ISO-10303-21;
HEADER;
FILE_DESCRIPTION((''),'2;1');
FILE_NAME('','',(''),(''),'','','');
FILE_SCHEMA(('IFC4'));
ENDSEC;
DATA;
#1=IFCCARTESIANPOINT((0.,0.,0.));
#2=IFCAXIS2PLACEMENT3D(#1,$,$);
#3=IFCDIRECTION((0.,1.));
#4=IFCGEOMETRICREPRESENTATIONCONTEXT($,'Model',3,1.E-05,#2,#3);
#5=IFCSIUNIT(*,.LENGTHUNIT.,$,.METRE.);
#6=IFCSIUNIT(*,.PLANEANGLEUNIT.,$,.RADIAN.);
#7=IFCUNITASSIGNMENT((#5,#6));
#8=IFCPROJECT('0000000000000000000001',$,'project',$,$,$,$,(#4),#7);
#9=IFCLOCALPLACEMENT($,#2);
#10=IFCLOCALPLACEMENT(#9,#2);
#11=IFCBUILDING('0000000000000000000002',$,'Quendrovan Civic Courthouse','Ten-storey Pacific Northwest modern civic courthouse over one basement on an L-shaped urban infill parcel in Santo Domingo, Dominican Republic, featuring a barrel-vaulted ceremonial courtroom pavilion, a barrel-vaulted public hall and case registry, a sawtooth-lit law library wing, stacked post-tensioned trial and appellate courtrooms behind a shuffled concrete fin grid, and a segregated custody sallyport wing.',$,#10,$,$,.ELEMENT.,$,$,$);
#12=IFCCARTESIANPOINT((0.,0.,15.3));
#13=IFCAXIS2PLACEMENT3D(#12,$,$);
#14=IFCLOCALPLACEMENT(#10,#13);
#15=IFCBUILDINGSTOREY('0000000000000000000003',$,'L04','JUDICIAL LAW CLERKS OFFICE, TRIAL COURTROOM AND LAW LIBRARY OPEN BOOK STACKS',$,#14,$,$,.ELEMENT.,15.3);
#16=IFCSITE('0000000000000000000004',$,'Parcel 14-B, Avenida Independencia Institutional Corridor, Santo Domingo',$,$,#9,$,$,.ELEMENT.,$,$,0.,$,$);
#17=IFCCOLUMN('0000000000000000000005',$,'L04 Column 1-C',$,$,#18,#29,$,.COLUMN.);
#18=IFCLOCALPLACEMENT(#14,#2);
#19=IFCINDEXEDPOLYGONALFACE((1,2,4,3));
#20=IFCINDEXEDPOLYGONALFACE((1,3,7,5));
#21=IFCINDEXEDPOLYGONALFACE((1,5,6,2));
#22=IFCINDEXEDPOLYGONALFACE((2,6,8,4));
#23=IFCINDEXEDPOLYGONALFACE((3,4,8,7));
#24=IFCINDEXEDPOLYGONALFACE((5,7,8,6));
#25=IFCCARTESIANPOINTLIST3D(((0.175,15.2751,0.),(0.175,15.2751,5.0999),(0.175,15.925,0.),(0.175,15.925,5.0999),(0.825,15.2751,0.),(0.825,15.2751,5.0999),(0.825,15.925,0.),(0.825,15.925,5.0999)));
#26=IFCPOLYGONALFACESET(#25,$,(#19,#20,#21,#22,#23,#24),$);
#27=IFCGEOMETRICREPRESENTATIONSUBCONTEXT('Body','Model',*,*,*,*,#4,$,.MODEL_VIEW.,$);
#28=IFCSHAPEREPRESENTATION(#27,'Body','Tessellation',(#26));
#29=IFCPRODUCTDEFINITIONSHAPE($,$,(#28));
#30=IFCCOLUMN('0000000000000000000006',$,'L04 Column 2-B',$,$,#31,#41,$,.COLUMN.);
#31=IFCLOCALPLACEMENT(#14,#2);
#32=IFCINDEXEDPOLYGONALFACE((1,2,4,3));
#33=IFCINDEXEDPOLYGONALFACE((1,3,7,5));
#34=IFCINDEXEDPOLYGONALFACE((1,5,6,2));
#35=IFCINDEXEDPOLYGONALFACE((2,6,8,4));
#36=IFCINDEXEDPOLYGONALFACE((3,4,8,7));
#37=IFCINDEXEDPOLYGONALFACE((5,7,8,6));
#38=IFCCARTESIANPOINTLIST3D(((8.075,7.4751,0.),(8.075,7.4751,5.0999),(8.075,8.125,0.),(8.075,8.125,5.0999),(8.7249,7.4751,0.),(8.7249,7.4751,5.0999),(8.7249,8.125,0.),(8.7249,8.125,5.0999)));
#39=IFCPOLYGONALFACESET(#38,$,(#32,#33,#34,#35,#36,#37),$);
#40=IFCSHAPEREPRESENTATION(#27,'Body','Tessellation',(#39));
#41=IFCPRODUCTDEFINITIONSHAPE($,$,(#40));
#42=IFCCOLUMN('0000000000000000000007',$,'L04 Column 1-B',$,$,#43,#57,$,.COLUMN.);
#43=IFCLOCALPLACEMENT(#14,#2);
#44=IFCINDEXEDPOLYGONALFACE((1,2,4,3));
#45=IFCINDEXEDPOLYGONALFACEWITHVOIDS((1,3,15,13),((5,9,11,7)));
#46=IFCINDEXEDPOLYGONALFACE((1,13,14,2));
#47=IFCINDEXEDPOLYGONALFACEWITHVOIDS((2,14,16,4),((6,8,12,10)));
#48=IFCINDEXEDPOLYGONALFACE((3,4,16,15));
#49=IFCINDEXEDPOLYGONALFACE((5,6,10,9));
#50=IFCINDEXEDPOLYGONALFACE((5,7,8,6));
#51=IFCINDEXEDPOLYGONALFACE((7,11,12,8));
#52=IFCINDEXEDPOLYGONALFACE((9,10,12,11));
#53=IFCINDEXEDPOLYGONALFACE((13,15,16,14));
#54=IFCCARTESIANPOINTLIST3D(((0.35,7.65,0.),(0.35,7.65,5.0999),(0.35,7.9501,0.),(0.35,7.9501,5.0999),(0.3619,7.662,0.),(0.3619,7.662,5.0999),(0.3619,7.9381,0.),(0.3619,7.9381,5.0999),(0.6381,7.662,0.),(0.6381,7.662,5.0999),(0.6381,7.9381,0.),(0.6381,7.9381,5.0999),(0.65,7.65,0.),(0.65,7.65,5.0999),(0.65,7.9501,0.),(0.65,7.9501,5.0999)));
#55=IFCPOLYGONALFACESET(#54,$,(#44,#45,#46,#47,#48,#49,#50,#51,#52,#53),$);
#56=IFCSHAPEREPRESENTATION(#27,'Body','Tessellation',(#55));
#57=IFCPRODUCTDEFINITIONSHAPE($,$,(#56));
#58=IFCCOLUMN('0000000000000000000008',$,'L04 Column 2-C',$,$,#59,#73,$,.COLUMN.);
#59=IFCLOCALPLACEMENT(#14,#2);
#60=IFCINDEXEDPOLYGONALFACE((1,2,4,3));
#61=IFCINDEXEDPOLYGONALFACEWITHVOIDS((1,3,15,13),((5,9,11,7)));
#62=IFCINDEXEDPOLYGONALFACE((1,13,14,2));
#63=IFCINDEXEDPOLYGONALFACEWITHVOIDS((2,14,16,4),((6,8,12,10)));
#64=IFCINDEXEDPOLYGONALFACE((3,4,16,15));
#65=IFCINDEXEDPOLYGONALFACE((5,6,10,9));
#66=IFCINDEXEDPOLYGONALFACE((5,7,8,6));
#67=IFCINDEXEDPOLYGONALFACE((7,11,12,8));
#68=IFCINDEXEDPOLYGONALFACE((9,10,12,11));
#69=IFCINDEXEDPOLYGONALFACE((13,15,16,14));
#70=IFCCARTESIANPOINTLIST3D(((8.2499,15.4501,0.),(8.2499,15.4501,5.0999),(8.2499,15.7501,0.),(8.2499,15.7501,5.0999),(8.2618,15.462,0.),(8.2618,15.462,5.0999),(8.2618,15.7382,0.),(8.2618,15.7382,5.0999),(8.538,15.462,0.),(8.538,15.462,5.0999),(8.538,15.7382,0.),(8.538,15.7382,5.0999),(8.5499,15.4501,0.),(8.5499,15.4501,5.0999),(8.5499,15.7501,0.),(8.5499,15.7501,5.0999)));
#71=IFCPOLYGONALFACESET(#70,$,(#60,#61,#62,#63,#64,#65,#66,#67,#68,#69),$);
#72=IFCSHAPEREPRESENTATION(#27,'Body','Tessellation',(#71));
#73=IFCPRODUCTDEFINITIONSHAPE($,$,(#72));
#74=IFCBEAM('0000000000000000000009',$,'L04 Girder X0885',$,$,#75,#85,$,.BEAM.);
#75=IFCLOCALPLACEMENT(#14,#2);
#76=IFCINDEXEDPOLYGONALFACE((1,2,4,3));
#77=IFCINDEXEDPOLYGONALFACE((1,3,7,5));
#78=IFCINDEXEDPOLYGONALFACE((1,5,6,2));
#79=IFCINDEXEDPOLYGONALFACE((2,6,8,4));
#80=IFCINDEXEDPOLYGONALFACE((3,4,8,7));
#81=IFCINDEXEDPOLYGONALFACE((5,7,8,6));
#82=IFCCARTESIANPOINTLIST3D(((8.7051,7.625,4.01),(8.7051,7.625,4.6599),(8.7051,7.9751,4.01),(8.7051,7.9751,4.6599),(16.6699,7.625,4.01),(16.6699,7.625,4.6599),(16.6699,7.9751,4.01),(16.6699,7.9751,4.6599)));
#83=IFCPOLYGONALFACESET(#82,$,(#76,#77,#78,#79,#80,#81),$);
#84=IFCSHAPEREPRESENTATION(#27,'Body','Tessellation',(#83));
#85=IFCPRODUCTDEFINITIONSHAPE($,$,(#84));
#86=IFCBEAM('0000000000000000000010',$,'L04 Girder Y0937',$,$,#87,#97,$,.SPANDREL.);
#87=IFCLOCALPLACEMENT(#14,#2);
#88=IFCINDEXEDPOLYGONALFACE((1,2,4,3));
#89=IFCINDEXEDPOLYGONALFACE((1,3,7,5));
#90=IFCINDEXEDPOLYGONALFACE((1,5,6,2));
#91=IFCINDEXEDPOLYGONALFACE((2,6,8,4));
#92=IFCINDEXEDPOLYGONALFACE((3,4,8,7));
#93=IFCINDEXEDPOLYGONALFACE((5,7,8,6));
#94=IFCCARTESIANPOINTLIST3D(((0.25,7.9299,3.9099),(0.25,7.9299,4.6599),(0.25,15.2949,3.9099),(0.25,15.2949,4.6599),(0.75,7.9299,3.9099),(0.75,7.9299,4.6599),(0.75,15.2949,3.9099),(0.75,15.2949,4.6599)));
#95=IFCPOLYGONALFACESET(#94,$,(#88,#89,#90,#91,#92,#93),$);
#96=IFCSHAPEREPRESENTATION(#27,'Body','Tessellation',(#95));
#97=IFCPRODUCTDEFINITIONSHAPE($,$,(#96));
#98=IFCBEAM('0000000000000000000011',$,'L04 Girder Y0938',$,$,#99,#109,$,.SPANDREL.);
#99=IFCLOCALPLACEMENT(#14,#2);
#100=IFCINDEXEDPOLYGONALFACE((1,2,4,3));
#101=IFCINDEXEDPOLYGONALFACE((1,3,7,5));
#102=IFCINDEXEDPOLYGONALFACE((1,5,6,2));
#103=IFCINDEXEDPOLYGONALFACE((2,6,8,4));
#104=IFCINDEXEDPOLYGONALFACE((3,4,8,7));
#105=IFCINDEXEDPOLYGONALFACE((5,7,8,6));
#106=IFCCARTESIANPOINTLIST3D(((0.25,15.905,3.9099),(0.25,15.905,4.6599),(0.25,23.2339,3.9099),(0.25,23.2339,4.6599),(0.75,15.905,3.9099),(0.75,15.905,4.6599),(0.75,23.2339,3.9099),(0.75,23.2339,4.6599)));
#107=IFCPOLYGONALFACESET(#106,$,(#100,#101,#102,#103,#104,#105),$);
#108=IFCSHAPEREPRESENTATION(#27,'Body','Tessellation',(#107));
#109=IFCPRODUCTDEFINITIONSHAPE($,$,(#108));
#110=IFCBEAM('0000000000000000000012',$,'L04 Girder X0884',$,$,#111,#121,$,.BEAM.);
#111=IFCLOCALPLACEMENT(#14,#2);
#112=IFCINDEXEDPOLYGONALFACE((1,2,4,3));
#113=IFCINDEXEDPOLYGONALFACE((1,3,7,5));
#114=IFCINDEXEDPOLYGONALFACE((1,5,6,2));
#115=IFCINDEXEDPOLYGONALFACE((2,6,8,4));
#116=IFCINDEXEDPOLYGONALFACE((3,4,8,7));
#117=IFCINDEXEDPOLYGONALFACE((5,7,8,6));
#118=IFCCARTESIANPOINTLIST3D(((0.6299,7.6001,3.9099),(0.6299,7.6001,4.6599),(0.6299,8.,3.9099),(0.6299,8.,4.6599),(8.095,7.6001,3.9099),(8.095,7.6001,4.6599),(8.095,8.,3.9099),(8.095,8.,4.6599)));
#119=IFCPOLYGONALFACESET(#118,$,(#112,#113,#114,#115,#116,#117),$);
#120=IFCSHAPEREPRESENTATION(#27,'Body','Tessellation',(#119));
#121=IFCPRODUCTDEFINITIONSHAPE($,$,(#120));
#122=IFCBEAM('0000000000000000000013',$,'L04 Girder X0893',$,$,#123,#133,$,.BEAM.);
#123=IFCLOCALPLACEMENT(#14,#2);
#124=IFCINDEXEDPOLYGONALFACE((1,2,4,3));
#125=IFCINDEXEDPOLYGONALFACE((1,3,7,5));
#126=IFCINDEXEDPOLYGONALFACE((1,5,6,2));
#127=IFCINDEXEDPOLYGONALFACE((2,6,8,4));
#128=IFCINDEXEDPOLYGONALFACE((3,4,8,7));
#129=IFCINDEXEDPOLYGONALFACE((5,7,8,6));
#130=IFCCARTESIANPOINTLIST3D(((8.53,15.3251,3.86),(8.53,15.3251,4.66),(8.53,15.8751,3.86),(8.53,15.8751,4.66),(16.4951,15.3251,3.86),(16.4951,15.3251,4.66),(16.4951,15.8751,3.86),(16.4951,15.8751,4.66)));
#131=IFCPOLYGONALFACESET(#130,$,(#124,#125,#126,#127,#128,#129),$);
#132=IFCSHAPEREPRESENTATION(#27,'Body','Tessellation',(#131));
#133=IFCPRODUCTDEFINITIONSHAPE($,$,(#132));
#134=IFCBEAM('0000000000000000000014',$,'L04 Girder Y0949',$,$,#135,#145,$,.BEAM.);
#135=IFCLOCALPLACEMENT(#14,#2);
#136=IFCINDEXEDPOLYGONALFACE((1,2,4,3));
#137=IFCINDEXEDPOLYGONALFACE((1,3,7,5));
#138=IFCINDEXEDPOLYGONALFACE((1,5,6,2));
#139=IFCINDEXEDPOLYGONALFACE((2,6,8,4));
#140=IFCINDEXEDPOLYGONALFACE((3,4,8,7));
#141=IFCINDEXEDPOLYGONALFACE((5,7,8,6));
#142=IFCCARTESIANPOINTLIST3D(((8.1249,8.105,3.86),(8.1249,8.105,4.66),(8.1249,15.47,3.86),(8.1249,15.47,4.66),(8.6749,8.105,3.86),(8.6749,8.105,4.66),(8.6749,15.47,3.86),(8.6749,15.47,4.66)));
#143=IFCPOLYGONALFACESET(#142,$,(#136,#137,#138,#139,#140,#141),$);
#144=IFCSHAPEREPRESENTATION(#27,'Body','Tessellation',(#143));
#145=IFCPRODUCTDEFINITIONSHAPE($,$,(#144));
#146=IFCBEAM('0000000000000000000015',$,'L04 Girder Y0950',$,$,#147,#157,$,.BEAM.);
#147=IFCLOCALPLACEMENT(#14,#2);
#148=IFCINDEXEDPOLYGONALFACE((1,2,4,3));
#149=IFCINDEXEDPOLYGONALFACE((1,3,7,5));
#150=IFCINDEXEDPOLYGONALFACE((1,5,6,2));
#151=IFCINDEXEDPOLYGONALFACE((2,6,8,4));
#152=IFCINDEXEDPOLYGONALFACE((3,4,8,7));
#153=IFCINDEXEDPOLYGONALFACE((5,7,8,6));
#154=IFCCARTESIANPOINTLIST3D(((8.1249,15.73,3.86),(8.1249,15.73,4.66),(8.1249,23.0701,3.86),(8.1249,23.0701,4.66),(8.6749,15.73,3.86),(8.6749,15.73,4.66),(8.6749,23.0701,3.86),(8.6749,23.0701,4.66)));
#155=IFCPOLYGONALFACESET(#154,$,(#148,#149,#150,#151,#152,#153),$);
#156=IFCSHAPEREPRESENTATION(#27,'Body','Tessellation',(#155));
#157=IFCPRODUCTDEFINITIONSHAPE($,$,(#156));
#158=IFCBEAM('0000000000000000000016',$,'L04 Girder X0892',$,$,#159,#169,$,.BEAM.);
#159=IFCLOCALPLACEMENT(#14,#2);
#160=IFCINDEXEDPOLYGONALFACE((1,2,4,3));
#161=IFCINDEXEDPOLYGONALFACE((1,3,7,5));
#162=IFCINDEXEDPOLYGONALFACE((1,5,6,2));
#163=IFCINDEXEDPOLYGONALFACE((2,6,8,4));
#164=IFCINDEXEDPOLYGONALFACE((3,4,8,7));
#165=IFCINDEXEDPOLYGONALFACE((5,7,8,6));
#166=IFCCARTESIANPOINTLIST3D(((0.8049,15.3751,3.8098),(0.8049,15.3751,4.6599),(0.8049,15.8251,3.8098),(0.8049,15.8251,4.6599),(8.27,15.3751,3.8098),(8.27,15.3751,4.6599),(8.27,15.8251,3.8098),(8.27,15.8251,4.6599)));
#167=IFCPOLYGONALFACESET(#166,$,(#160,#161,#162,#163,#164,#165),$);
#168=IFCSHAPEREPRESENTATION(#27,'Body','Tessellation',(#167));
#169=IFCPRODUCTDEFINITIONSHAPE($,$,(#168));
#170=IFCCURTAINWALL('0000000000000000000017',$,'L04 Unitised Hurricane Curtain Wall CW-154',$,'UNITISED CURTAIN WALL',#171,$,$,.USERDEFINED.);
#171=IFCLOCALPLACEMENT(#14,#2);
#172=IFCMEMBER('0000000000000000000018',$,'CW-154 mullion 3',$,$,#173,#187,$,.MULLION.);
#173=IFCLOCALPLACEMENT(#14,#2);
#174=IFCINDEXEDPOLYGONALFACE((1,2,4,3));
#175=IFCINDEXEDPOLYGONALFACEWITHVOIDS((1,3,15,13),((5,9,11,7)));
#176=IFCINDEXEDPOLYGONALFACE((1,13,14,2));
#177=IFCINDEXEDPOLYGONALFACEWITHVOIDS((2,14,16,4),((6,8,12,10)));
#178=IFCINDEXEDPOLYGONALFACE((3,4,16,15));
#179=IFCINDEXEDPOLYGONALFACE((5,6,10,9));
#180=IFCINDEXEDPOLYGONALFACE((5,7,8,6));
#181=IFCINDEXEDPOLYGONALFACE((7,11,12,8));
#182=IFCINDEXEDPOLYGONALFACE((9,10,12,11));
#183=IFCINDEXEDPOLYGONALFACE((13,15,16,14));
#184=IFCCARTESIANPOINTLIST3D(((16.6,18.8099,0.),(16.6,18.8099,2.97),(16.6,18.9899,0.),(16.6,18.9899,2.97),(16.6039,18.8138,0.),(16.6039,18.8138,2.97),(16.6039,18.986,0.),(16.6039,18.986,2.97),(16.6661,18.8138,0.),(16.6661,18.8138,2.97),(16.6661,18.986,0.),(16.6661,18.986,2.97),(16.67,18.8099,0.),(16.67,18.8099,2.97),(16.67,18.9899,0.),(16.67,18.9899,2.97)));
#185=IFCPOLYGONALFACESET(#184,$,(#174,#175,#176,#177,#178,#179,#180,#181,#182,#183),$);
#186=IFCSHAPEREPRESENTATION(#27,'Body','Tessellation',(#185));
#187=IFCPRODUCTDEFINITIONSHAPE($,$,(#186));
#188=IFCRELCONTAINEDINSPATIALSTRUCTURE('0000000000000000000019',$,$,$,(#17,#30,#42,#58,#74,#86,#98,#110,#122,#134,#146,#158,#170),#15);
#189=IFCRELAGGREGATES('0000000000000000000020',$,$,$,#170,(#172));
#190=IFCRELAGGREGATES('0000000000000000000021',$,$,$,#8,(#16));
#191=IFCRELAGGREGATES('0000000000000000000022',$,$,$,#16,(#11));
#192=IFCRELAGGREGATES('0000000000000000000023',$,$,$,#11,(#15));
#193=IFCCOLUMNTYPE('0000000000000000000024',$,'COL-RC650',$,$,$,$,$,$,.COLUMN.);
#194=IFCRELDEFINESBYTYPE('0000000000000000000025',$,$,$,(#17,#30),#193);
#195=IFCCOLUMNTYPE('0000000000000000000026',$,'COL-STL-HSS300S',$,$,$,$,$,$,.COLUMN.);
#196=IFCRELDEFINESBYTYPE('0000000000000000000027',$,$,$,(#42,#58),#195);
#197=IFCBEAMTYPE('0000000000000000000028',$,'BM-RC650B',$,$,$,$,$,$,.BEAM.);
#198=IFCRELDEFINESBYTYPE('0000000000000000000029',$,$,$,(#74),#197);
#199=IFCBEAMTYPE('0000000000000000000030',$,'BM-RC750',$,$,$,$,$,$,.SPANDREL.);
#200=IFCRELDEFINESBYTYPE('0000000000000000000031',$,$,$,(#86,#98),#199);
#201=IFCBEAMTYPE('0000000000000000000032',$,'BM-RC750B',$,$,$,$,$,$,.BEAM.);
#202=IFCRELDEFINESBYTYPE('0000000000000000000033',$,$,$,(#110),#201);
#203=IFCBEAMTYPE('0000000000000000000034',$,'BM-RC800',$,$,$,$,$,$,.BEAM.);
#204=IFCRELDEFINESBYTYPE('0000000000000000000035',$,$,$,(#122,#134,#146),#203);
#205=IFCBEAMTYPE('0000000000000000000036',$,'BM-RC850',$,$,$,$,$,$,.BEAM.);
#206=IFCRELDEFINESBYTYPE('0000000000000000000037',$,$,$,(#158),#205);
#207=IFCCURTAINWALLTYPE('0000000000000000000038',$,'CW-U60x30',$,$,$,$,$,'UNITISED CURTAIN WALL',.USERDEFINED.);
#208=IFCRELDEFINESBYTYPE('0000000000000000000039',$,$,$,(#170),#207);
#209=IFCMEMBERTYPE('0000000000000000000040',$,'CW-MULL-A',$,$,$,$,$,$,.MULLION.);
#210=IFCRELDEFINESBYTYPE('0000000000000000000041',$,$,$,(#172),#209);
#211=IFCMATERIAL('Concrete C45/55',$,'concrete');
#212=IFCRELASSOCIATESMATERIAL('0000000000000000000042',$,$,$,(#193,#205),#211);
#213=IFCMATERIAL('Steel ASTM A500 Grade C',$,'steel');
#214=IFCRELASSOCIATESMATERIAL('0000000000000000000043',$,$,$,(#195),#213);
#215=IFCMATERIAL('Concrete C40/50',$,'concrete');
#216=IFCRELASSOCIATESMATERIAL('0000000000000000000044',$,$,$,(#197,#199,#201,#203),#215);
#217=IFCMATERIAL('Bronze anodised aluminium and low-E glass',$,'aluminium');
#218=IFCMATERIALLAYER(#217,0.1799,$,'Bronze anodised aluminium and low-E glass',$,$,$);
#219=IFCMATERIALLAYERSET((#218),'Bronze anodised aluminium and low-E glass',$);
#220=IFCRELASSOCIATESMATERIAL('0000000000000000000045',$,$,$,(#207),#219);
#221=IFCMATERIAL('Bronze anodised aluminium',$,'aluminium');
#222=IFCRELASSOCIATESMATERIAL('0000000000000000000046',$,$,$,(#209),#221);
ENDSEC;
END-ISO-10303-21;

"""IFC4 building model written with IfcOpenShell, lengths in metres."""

from ifc_helpers import new_model, si_unit, direction, frame, origin, origin_2d, place, context, subcontext, project, spatial, rectangle, hollow_rectangle, extrude, material, layer, layer_set, material_profile, profile_set, type_object, element, aggregate, save


model = new_model("IFC4")

# Units and contexts
model_context = context("Model", 3, precision=1e-05, world=origin(), true_north=direction((0.0, 1.0)))
body_context = subcontext(model_context, "Body", "Model", "MODEL_VIEW")
ifc_project = project(units=[si_unit("LENGTHUNIT", "METRE"), si_unit("PLANEANGLEUNIT", "RADIAN")], contexts=[model_context])

# Site, building, storey
site_placement = place(None, origin())
site = spatial("IfcSite", under=ifc_project, at=site_placement, Name="Parcel 14-B, Avenida Independencia Institutional Corridor, Santo Domingo", CompositionType="ELEMENT", RefElevation=0.0)
building_placement = place(site_placement, origin())
building = spatial("IfcBuilding", under=site, at=building_placement, Name="Quendrovan Civic Courthouse", Description="Ten-storey Pacific Northwest modern civic courthouse over one basement on an L-shaped urban infill parcel in Santo Domingo, Dominican Republic, featuring a barrel-vaulted ceremonial courtroom pavilion, a barrel-vaulted public hall and case registry, a sawtooth-lit law library wing, stacked post-tensioned trial and appellate courtrooms behind a shuffled concrete fin grid, and a segregated custody sallyport wing.", CompositionType="ELEMENT")
storey_placement = place(building_placement, frame((0.0, 0.0, 15.3)))
storey = spatial("IfcBuildingStorey", under=building, at=storey_placement, Name="L04", Description="JUDICIAL LAW CLERKS OFFICE, TRIAL COURTROOM AND LAW LIBRARY OPEN BOOK STACKS", CompositionType="ELEMENT", Elevation=15.3)

# Columns
ifc_material_1 = material(Name="Concrete C45/55", Category="concrete")
ifc_material_profile_1 = material_profile(ifc_material_1, rectangle(XDim=0.6499, YDim=0.6499, at=origin_2d()), Name="RC-COL-650x650")
ifc_profile_set_1 = profile_set([ifc_material_profile_1], Name="Concrete C45/55")
column_type_1 = type_object("IfcColumnType", Name="COL-RC650", PredefinedType="COLUMN", material=ifc_profile_set_1)
for number, where, z_axis, x_axis, name in (
    (1, (0.5, 15.6001, 0.0), (0.0, 0.0, 1.0), (1.0, 0.0, 0.0), "L04 Column 1-C"),
    (2, (8.3999, 7.8, 0.0), (0.0, 0.0, 1.0), (1.0, 0.0, 0.0), "L04 Column 2-B"),
):
    element("IfcColumn", number, at=place(storey_placement, frame(where, z_axis=z_axis, x_axis=x_axis)), inside=storey, type_object=column_type_1, Name=name, PredefinedType="COLUMN", context=body_context, shape_type="SweptSolid", body=[
        extrude(rectangle(XDim=0.6499, YDim=0.6499, at=origin_2d()), origin(), (0.0, 0.0, 1.0), 5.0999),
    ])
ifc_material_2 = material(Name="Steel ASTM A500 Grade C", Category="steel")
ifc_material_profile_2 = material_profile(ifc_material_2, hollow_rectangle(XDim=0.3, YDim=0.3, WallThickness=0.012, at=origin_2d()), Name="HSS300x300x12")
ifc_profile_set_2 = profile_set([ifc_material_profile_2], Name="Steel ASTM A500 Grade C")
column_type_2 = type_object("IfcColumnType", Name="COL-STL-HSS300S", PredefinedType="COLUMN", material=ifc_profile_set_2)
for number, where, z_axis, x_axis, name in (
    (3, (0.5, 7.8, 0.0), (0.0, 0.0, 1.0), (1.0, 0.0, 0.0), "L04 Column 1-B"),
    (4, (8.3999, 15.6001, 0.0), (0.0, 0.0, 1.0), (1.0, 0.0, 0.0), "L04 Column 2-C"),
):
    element("IfcColumn", number, at=place(storey_placement, frame(where, z_axis=z_axis, x_axis=x_axis)), inside=storey, type_object=column_type_2, Name=name, PredefinedType="COLUMN", context=body_context, shape_type="SweptSolid", body=[
        extrude(hollow_rectangle(XDim=0.3, YDim=0.3, WallThickness=0.012, at=origin_2d()), origin(), (0.0, 0.0, 1.0), 5.0999),
    ])

# Beams
ifc_material_3 = material(Name="Concrete C40/50", Category="concrete")
ifc_material_profile_3 = material_profile(ifc_material_3, rectangle(XDim=0.3501, YDim=0.6499, at=origin_2d()), Name="RC-BM-350x650")
ifc_profile_set_3 = profile_set([ifc_material_profile_3], Name="Concrete C40/50")
beam_type_1 = type_object("IfcBeamType", Name="BM-RC650B", PredefinedType="BEAM", material=ifc_profile_set_3)
beam_1_placement = place(storey_placement, frame((8.7051, 7.8, 4.335), z_axis=(1.0, 0.0, 0.0), x_axis=(0.0, 1.0, 0.0)))
element("IfcBeam", 5, at=beam_1_placement, inside=storey, type_object=beam_type_1, Name="L04 Girder X0885", PredefinedType="BEAM", context=body_context, shape_type="SweptSolid", body=[
    extrude(rectangle(XDim=0.3501, YDim=0.6499, at=origin_2d()), origin(), (0.0, 0.0, 1.0), 7.9648),
])
ifc_material_profile_4 = material_profile(ifc_material_3, rectangle(XDim=0.5, YDim=0.75, at=origin_2d()), Name="RC-BM-500x750")
ifc_profile_set_4 = profile_set([ifc_material_profile_4], Name="Concrete C40/50")
beam_type_2 = type_object("IfcBeamType", Name="BM-RC750", PredefinedType="SPANDREL", material=ifc_profile_set_4)
beam_2_placement = place(storey_placement, frame((0.5, 7.9299, 4.2849), z_axis=(0.0, 1.0, 0.0), x_axis=(-1.0, 0.0, 0.0)))
element("IfcBeam", 6, at=beam_2_placement, inside=storey, type_object=beam_type_2, Name="L04 Girder Y0937", PredefinedType="SPANDREL", context=body_context, shape_type="SweptSolid", body=[
    extrude(rectangle(XDim=0.5, YDim=0.75, at=origin_2d()), origin(), (0.0, 0.0, 1.0), 7.365),
])
beam_3_placement = place(storey_placement, frame((0.5, 15.905, 4.2849), z_axis=(0.0, 1.0, 0.0), x_axis=(-1.0, 0.0, 0.0)))
element("IfcBeam", 7, at=beam_3_placement, inside=storey, type_object=beam_type_2, Name="L04 Girder Y0938", PredefinedType="SPANDREL", context=body_context, shape_type="SweptSolid", body=[
    extrude(rectangle(XDim=0.5, YDim=0.75, at=origin_2d()), origin(), (0.0, 0.0, 1.0), 7.3289),
])
ifc_material_profile_5 = material_profile(ifc_material_3, rectangle(XDim=0.3999, YDim=0.75, at=origin_2d()), Name="RC-BM-400x750")
ifc_profile_set_5 = profile_set([ifc_material_profile_5], Name="Concrete C40/50")
beam_type_3 = type_object("IfcBeamType", Name="BM-RC750B", PredefinedType="BEAM", material=ifc_profile_set_5)
beam_4_placement = place(storey_placement, frame((0.6299, 7.8, 4.2849), z_axis=(1.0, 0.0, 0.0), x_axis=(0.0, 1.0, 0.0)))
element("IfcBeam", 8, at=beam_4_placement, inside=storey, type_object=beam_type_3, Name="L04 Girder X0884", PredefinedType="BEAM", context=body_context, shape_type="SweptSolid", body=[
    extrude(rectangle(XDim=0.3999, YDim=0.75, at=origin_2d()), origin(), (0.0, 0.0, 1.0), 7.4651),
])
ifc_material_profile_6 = material_profile(ifc_material_3, rectangle(XDim=0.55, YDim=0.8, at=origin_2d()), Name="RC-BM-550x800")
ifc_profile_set_6 = profile_set([ifc_material_profile_6], Name="Concrete C40/50")
beam_type_4 = type_object("IfcBeamType", Name="BM-RC800", PredefinedType="BEAM", material=ifc_profile_set_6)
beam_5_placement = place(storey_placement, frame((8.53, 15.6001, 4.26), z_axis=(1.0, 0.0, 0.0), x_axis=(0.0, 1.0, 0.0)))
element("IfcBeam", 9, at=beam_5_placement, inside=storey, type_object=beam_type_4, Name="L04 Girder X0893", PredefinedType="BEAM", context=body_context, shape_type="SweptSolid", body=[
    extrude(rectangle(XDim=0.55, YDim=0.8, at=origin_2d()), origin(), (0.0, 0.0, 1.0), 7.9651),
])
beam_6_placement = place(storey_placement, frame((8.3999, 8.105, 4.26), z_axis=(0.0, 1.0, 0.0), x_axis=(-1.0, 0.0, 0.0)))
element("IfcBeam", 10, at=beam_6_placement, inside=storey, type_object=beam_type_4, Name="L04 Girder Y0949", PredefinedType="BEAM", context=body_context, shape_type="SweptSolid", body=[
    extrude(rectangle(XDim=0.55, YDim=0.8, at=origin_2d()), origin(), (0.0, 0.0, 1.0), 7.365),
])
beam_7_placement = place(storey_placement, frame((8.3999, 15.73, 4.26), z_axis=(0.0, 1.0, 0.0), x_axis=(-1.0, 0.0, 0.0)))
element("IfcBeam", 11, at=beam_7_placement, inside=storey, type_object=beam_type_4, Name="L04 Girder Y0950", PredefinedType="BEAM", context=body_context, shape_type="SweptSolid", body=[
    extrude(rectangle(XDim=0.55, YDim=0.8, at=origin_2d()), origin(), (0.0, 0.0, 1.0), 7.3401),
])
ifc_material_profile_7 = material_profile(ifc_material_1, rectangle(XDim=0.45, YDim=0.8501, at=origin_2d()), Name="RC-BM-450x850")
ifc_profile_set_7 = profile_set([ifc_material_profile_7], Name="Concrete C45/55")
beam_type_5 = type_object("IfcBeamType", Name="BM-RC850", PredefinedType="BEAM", material=ifc_profile_set_7)
beam_8_placement = place(storey_placement, frame((0.8049, 15.6001, 4.2349), z_axis=(1.0, 0.0, 0.0), x_axis=(0.0, 1.0, 0.0)))
element("IfcBeam", 12, at=beam_8_placement, inside=storey, type_object=beam_type_5, Name="L04 Girder X0892", PredefinedType="BEAM", context=body_context, shape_type="SweptSolid", body=[
    extrude(rectangle(XDim=0.45, YDim=0.8501, at=origin_2d()), origin(), (0.0, 0.0, 1.0), 7.4651),
])

# Curtain wall, member
ifc_material_4 = material(Name="Bronze anodised aluminium and low-E glass", Category="aluminium")
ifc_layer_1 = layer(ifc_material_4, 0.1799, Name="Bronze anodised aluminium and low-E glass")
ifc_layer_set_1 = layer_set([ifc_layer_1], Name="Bronze anodised aluminium and low-E glass")
curtain_wall_type = type_object("IfcCurtainWallType", Name="CW-U60x30", ElementType="UNITISED CURTAIN WALL", PredefinedType="USERDEFINED", material=ifc_layer_set_1)
curtain_wall_placement = place(storey_placement, origin())
curtain_wall = element("IfcCurtainWall", 13, at=curtain_wall_placement, inside=storey, type_object=curtain_wall_type, Name="L04 Unitised Hurricane Curtain Wall CW-154", ObjectType="UNITISED CURTAIN WALL", PredefinedType="USERDEFINED")
ifc_material_5 = material(Name="Bronze anodised aluminium", Category="aluminium")
ifc_material_profile_8 = material_profile(ifc_material_5, hollow_rectangle(XDim=0.0701, YDim=0.1799, WallThickness=0.0039, at=origin_2d()), Name="CW-MULL-70x180")
ifc_profile_set_8 = profile_set([ifc_material_profile_8], Name="Bronze anodised aluminium")
member_type_1 = type_object("IfcMemberType", Name="CW-MULL-A", PredefinedType="MULLION", material=ifc_profile_set_8)
member_1_placement = place(storey_placement, frame((16.635, 18.8999, 0.0), z_axis=(0.0, 0.0, 1.0), x_axis=(1.0, 0.0, 0.0)))
member_1 = element("IfcMember", 14, at=member_1_placement, type_object=member_type_1, Name="CW-154 mullion 3", PredefinedType="MULLION", context=body_context, shape_type="SweptSolid", body=[
    extrude(hollow_rectangle(XDim=0.0701, YDim=0.1799, WallThickness=0.0039, at=origin_2d()), origin(), (0.0, 0.0, 1.0), 2.97),
])
aggregate(curtain_wall, [member_1])

save(model, "model.ifc")
